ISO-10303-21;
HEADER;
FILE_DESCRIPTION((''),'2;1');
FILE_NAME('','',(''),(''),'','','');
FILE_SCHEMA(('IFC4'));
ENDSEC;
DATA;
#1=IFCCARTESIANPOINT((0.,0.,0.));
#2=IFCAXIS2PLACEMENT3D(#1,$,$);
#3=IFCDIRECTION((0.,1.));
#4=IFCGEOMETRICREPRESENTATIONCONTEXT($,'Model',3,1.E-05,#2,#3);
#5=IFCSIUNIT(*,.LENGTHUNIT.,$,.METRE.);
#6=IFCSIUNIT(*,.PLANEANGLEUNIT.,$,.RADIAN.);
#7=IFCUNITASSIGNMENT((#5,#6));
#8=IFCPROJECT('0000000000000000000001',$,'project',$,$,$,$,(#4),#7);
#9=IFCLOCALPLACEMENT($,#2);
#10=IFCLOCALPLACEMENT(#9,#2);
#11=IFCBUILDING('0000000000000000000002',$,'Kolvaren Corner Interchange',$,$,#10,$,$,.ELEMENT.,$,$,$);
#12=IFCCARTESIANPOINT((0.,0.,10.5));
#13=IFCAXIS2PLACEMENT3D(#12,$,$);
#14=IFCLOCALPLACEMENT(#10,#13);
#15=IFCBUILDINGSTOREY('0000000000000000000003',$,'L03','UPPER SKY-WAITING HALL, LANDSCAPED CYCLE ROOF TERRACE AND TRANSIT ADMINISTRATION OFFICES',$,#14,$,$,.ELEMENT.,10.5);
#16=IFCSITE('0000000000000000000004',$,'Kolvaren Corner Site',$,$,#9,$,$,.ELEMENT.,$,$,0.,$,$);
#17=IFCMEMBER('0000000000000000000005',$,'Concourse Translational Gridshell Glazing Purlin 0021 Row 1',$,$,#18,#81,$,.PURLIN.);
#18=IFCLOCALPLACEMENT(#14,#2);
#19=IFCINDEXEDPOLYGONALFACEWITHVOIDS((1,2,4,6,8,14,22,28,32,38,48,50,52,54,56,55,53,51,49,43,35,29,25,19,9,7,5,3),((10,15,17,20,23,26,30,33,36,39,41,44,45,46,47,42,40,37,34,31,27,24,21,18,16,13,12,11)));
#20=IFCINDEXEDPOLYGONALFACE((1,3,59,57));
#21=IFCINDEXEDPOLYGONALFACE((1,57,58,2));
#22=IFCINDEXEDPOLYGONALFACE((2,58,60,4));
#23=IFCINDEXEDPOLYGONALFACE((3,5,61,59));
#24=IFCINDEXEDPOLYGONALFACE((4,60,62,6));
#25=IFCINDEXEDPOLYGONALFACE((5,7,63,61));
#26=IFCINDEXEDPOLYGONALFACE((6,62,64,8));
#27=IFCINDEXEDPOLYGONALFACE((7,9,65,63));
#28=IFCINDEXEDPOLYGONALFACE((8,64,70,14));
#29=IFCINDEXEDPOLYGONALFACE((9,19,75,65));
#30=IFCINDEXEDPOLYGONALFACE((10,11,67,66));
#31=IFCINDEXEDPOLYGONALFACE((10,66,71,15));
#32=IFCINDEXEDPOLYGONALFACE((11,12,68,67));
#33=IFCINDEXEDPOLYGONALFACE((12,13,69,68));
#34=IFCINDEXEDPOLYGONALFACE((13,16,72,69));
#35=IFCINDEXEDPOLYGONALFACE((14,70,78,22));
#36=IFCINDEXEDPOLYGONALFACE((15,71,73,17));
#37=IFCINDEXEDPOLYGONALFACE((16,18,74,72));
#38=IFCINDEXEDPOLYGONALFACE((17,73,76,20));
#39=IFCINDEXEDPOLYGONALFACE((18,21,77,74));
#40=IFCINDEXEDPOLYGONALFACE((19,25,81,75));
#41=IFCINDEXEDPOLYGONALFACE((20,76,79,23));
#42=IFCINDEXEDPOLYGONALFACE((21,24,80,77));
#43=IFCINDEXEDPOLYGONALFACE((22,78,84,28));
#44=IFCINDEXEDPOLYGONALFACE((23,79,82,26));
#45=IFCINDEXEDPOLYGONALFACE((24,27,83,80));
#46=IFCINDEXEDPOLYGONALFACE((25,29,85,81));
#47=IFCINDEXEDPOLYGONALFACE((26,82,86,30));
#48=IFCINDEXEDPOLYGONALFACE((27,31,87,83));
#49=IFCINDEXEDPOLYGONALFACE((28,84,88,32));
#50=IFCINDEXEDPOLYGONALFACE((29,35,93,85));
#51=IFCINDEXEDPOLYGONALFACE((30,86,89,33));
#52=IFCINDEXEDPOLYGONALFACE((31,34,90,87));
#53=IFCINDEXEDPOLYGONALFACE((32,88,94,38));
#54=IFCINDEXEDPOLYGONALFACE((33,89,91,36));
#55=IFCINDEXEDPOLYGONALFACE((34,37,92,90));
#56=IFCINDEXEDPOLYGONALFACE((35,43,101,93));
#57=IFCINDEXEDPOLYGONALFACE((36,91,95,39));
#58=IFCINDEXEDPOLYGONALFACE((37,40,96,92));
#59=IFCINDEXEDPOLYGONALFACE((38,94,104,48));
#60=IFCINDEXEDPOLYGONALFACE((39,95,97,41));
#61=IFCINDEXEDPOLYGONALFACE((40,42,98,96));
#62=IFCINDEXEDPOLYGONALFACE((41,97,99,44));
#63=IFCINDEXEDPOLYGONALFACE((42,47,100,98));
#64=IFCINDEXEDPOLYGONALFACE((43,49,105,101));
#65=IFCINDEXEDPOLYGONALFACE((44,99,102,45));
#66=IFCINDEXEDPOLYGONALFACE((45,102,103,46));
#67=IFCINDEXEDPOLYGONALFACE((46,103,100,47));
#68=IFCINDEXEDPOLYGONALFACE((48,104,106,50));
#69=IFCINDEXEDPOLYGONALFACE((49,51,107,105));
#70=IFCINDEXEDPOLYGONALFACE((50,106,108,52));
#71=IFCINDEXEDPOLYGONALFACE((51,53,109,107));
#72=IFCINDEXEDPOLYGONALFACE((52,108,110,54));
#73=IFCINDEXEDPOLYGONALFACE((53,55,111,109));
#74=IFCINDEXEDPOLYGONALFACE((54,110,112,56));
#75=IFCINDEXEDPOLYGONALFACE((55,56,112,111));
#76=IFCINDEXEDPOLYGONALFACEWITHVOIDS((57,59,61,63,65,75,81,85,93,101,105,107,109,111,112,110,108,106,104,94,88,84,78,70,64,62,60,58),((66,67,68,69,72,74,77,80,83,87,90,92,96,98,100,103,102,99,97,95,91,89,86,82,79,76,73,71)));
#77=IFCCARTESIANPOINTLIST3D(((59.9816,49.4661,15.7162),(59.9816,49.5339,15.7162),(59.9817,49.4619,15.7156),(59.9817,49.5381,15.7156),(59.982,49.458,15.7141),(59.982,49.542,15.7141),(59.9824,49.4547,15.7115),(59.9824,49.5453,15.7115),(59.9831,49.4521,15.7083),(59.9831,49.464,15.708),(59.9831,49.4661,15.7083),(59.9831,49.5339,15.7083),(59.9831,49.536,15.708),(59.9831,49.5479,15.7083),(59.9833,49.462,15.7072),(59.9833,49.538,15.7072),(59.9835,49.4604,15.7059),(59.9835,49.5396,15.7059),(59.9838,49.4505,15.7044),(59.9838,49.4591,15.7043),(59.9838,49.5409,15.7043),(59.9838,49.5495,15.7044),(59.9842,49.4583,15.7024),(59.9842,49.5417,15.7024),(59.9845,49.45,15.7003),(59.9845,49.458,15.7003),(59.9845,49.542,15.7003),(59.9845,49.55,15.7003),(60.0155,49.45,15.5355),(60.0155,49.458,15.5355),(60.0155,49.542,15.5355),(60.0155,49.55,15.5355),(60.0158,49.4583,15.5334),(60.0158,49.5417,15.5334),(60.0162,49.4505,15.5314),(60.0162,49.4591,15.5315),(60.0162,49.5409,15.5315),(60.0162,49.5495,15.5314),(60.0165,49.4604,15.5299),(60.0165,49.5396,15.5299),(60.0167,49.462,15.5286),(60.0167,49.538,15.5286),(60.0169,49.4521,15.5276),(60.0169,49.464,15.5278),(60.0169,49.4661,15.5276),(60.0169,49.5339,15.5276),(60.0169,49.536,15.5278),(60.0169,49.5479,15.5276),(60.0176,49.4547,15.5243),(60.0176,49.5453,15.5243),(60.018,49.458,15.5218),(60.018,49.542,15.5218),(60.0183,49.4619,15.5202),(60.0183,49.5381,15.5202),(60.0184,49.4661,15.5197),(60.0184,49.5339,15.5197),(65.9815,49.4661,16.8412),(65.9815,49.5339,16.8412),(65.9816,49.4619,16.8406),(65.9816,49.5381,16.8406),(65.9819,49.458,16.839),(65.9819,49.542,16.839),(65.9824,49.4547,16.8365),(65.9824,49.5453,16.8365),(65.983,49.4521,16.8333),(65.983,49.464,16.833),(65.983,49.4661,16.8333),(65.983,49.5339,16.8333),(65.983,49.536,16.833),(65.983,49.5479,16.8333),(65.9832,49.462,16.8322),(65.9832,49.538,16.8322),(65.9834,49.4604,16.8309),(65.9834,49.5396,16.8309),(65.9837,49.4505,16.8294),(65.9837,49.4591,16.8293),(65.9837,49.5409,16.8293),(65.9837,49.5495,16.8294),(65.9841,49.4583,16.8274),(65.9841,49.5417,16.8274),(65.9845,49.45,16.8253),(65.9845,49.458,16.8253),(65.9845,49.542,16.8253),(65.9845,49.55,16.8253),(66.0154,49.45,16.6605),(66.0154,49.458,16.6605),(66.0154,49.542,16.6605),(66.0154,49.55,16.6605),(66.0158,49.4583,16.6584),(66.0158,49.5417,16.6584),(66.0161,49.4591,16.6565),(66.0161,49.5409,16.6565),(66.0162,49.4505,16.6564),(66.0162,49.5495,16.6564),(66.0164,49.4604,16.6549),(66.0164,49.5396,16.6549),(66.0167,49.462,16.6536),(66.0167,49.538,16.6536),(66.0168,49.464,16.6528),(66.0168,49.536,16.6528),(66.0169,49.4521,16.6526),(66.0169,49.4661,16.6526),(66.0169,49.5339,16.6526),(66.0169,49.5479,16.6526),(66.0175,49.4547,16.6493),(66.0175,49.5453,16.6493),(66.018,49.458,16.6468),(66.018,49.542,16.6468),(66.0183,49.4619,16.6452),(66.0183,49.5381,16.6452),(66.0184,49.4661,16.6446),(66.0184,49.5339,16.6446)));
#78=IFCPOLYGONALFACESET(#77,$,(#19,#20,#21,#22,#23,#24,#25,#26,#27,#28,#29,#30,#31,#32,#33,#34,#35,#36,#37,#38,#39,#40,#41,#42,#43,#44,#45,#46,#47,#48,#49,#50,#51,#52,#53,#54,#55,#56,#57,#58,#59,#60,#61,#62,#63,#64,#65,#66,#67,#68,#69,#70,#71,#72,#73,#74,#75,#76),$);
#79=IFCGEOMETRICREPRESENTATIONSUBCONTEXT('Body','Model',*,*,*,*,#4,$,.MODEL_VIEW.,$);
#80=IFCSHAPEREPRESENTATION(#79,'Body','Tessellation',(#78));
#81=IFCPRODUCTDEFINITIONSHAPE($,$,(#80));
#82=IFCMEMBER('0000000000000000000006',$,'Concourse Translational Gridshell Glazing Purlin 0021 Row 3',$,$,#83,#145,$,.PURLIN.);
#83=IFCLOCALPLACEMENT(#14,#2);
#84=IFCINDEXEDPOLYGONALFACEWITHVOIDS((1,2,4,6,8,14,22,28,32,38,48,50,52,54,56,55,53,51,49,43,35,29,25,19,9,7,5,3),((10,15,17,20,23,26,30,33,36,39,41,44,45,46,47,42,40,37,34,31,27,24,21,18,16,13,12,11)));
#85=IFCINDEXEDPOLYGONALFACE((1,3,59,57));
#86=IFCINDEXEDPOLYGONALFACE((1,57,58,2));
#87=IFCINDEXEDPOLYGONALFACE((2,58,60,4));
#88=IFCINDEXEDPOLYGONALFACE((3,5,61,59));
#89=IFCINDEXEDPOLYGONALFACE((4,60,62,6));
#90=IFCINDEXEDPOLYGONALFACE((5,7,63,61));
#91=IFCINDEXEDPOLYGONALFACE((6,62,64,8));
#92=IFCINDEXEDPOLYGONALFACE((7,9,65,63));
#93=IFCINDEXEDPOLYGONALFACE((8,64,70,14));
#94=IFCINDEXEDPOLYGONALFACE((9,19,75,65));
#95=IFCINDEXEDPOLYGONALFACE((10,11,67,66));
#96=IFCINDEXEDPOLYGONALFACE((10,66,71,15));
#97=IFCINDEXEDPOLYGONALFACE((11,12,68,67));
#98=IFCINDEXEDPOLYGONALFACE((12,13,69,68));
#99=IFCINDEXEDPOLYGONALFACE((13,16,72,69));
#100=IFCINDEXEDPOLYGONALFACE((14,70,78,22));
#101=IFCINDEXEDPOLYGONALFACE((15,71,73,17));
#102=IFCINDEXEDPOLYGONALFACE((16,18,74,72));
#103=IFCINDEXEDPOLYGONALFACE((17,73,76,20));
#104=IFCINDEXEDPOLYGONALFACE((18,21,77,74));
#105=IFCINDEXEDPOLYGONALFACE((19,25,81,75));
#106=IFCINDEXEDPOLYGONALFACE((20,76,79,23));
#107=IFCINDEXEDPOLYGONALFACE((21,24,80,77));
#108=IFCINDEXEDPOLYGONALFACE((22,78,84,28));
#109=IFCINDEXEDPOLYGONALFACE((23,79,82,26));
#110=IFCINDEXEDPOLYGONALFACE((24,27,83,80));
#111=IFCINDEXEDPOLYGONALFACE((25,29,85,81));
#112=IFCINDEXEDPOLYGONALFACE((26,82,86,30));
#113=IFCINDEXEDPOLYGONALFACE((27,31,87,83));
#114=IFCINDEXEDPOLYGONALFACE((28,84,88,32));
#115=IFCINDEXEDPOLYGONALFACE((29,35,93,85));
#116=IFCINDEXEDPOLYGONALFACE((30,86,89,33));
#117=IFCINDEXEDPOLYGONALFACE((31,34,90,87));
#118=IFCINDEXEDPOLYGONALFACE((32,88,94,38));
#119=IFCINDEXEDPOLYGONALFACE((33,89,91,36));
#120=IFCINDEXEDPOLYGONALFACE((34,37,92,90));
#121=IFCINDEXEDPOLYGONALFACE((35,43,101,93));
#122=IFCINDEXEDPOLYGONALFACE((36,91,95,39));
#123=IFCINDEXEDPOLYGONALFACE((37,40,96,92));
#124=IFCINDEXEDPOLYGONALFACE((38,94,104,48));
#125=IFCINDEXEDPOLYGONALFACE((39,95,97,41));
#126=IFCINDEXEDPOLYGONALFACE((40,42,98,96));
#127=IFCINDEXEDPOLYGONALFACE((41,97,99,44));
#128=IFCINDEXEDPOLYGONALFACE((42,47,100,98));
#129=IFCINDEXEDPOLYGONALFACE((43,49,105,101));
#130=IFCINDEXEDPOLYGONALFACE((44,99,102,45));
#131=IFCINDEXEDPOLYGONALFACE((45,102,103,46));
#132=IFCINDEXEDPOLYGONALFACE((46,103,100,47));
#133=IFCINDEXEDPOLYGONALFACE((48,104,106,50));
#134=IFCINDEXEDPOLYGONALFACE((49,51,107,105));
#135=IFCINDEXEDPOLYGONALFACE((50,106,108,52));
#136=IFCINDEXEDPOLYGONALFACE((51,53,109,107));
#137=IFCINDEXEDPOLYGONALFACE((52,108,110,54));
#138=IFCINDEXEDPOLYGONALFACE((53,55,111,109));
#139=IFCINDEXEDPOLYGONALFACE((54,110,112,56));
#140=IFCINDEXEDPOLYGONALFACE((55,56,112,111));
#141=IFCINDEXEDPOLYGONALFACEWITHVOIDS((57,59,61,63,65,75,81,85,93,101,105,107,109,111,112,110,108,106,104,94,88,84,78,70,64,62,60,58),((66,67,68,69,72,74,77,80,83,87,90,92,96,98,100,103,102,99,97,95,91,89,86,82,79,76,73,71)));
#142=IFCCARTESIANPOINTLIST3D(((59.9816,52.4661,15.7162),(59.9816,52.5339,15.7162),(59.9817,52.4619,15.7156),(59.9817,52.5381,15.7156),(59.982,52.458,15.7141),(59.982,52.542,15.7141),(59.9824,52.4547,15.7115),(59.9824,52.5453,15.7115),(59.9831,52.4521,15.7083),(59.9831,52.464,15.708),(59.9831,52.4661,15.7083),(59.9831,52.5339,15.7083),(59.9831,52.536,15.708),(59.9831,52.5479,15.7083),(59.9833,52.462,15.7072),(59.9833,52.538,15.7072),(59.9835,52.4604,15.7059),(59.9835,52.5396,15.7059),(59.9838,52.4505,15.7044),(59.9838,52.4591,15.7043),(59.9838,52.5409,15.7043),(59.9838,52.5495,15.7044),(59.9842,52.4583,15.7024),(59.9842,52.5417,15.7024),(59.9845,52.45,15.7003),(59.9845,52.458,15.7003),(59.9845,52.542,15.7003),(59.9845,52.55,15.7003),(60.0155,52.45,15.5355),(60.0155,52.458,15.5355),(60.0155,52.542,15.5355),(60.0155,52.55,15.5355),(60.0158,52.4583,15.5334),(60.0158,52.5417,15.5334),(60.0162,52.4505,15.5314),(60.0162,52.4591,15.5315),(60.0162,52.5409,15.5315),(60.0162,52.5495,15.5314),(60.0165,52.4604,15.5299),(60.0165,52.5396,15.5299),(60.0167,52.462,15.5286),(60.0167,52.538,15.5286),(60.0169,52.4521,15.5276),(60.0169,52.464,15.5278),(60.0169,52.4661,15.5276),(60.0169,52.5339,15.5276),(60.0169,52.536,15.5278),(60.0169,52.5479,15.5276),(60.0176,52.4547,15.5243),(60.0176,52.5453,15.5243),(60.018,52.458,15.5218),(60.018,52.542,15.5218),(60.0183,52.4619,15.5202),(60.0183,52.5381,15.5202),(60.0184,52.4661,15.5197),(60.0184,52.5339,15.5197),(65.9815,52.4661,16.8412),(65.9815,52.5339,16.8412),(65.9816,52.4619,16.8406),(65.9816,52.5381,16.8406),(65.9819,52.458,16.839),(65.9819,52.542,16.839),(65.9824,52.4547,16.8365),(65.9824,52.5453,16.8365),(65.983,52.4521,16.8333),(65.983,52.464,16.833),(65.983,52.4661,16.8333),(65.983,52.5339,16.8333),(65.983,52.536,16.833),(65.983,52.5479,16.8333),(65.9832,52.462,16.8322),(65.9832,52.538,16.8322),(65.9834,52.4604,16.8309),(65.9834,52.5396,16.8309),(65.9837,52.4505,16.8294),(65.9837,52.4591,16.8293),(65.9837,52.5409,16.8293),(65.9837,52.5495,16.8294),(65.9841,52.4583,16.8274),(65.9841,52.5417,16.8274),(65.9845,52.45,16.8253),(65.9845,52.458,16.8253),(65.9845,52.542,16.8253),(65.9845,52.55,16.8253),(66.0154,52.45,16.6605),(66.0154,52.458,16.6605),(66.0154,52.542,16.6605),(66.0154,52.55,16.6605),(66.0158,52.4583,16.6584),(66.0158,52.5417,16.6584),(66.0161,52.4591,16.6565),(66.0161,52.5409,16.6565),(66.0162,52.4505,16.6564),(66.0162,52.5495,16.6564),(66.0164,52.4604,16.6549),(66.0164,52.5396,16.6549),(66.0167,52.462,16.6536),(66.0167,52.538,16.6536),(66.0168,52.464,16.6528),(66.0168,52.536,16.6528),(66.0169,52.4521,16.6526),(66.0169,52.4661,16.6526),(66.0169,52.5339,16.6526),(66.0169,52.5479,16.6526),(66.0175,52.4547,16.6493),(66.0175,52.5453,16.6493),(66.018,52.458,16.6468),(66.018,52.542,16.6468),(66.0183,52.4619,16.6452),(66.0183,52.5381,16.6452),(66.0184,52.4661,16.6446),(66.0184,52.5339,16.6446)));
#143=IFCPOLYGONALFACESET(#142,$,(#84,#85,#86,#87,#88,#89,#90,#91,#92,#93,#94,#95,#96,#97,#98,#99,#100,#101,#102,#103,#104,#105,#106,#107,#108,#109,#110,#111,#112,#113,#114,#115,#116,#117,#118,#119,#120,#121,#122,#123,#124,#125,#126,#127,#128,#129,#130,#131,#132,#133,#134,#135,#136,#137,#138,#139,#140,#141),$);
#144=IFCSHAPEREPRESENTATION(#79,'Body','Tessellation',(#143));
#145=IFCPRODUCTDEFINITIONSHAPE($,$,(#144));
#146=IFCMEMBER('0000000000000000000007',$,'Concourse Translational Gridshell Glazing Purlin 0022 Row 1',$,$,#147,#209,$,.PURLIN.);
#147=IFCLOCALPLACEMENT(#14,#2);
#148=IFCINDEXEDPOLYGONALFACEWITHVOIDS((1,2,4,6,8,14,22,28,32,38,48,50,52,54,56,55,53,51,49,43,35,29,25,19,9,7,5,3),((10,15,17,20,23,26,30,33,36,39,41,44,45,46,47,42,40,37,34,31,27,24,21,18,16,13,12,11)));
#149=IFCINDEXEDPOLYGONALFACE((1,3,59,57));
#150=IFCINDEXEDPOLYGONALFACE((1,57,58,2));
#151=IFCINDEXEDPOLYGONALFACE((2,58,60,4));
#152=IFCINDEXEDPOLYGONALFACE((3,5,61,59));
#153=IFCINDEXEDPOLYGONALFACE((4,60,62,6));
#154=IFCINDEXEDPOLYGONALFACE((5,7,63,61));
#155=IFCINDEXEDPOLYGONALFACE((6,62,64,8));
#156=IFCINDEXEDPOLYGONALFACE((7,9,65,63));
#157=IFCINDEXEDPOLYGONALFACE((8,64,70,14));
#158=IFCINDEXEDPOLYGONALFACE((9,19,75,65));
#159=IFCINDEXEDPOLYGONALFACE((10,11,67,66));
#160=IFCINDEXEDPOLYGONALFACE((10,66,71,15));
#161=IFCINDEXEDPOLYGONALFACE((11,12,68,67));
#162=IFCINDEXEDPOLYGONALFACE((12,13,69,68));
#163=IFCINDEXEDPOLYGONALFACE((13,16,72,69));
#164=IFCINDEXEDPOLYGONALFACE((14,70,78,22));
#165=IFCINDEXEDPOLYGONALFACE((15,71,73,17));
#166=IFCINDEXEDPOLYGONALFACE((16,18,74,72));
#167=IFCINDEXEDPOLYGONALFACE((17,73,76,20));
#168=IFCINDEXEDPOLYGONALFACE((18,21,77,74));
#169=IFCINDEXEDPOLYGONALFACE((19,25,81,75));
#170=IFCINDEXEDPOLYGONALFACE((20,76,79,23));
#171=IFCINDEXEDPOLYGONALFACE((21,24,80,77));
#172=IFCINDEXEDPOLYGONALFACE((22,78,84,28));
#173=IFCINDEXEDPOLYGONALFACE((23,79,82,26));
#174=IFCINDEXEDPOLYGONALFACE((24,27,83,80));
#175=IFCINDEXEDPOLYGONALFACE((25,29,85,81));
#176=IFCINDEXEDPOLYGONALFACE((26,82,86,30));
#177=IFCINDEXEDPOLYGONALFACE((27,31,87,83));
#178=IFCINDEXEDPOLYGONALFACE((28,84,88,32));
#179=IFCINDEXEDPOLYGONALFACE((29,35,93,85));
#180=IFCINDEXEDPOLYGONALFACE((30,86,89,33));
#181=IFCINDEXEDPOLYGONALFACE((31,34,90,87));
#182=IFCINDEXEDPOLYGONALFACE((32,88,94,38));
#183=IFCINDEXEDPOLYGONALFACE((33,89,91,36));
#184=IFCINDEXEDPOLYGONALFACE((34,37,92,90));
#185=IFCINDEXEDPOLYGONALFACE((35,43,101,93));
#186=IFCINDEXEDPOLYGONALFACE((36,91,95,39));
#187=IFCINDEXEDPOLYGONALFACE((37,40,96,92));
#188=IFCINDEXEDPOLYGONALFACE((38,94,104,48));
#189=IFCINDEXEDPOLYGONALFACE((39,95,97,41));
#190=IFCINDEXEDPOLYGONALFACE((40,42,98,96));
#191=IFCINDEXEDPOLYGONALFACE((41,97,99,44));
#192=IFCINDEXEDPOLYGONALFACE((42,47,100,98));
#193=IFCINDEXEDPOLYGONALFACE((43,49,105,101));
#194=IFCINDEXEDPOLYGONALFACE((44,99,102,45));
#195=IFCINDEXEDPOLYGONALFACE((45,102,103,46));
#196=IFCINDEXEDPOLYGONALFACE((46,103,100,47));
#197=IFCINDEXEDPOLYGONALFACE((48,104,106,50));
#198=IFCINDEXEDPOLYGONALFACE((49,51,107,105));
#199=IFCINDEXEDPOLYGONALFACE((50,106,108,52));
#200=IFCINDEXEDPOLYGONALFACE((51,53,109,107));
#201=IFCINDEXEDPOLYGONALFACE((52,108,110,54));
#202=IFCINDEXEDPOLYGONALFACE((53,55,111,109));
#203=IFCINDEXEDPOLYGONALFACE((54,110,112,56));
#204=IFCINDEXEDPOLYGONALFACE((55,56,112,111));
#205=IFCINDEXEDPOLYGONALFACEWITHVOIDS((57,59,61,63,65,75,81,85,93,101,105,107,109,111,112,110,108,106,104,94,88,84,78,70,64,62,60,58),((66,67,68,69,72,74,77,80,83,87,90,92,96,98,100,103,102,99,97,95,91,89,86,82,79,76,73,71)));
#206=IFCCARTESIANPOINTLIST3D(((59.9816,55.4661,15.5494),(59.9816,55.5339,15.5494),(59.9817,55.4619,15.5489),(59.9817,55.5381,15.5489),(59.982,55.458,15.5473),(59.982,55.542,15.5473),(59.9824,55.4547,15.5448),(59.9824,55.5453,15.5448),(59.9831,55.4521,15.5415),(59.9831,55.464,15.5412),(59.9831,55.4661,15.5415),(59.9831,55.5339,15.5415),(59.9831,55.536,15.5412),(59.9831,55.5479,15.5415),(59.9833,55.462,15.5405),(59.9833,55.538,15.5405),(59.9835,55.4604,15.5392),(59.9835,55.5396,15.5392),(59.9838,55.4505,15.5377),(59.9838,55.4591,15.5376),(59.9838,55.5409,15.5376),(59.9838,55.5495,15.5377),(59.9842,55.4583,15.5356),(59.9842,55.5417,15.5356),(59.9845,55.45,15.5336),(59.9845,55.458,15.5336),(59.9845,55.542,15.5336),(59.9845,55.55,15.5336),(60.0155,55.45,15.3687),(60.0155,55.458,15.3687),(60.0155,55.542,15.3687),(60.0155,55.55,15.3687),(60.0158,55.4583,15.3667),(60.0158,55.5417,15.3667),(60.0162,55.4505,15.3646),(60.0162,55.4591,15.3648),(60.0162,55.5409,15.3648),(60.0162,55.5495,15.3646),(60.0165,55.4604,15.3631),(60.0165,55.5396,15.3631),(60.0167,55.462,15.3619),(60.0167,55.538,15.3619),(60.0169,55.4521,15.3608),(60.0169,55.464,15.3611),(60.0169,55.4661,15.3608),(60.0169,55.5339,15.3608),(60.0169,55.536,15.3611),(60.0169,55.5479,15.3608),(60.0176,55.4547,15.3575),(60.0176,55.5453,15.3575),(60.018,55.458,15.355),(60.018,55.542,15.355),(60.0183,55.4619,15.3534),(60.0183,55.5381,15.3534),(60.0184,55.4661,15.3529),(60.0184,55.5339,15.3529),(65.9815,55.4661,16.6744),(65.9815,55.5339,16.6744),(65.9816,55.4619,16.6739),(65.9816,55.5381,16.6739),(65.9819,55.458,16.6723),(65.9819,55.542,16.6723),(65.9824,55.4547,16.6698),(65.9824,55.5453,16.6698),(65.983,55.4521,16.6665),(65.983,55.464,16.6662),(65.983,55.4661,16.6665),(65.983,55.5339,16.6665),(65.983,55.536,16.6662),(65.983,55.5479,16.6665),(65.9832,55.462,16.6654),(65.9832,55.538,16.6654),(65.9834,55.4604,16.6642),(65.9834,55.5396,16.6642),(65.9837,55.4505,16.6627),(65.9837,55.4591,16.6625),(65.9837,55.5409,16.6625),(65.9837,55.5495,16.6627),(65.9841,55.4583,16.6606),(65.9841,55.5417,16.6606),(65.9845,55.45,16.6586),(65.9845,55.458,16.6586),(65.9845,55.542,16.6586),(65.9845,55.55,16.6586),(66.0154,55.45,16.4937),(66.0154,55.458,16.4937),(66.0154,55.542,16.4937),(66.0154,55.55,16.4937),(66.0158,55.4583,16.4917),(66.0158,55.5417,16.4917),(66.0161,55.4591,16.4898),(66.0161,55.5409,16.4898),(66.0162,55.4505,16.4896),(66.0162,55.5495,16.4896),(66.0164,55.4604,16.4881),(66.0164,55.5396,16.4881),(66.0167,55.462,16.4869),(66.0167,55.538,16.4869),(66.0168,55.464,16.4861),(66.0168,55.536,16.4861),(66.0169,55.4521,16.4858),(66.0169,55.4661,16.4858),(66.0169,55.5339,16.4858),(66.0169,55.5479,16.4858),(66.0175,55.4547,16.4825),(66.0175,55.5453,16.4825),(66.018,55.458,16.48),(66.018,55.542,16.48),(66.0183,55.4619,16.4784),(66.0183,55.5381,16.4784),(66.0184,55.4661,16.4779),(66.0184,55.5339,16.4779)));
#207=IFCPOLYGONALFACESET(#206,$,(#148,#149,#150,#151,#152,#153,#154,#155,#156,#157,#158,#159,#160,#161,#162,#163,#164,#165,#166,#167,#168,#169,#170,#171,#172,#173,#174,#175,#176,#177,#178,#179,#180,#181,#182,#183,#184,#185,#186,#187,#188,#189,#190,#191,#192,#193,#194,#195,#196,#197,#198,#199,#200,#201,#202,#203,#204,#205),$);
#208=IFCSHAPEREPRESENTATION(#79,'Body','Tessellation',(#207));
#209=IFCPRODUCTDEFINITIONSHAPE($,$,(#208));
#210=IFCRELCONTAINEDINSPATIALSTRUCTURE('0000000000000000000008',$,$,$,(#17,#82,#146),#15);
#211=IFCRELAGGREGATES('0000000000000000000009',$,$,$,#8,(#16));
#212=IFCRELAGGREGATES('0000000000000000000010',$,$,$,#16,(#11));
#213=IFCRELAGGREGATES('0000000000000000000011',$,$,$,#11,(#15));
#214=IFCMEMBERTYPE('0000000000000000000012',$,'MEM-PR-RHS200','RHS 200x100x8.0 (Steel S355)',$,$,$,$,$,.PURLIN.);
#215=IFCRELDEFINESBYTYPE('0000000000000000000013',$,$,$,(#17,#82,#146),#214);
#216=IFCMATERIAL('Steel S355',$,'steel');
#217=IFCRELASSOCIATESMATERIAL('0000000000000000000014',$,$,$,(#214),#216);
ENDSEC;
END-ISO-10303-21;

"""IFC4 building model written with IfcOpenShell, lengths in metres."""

from ifc_helpers import new_model, si_unit, direction, frame, origin, origin_2d, place, context, subcontext, project, spatial, hollow_rectangle, extrude, material, material_profile, profile_set, type_object, element, save


model = new_model("IFC4")

# Units and contexts
model_context = context("Model", 3, precision=1e-05, world=origin(), true_north=direction((0.0, 1.0)))
body_context = subcontext(model_context, "Body", "Model", "MODEL_VIEW")
ifc_project = project(units=[si_unit("LENGTHUNIT", "METRE"), si_unit("PLANEANGLEUNIT", "RADIAN")], contexts=[model_context])

# Site, building, storey
site_placement = place(None, origin())
site = spatial("IfcSite", under=ifc_project, at=site_placement, Name="Kolvaren Corner Site", CompositionType="ELEMENT", RefElevation=0.0)
building_placement = place(site_placement, origin())
building = spatial("IfcBuilding", under=site, at=building_placement, Name="Kolvaren Corner Interchange", CompositionType="ELEMENT")
storey_placement = place(building_placement, frame((0.0, 0.0, 10.5)))
storey = spatial("IfcBuildingStorey", under=building, at=storey_placement, Name="L03", Description="UPPER SKY-WAITING HALL, LANDSCAPED CYCLE ROOF TERRACE AND TRANSIT ADMINISTRATION OFFICES", CompositionType="ELEMENT", Elevation=10.5)

# Members
ifc_material_1 = material(Name="Steel S355", Category="steel")
ifc_material_profile_1 = material_profile(ifc_material_1, hollow_rectangle(XDim=0.1001, YDim=0.2, WallThickness=0.0081, InnerFilletRadius=0.0081, OuterFilletRadius=0.0161, at=origin_2d()), Name="RHS 200x100x8.0")
ifc_profile_set_1 = profile_set([ifc_material_profile_1], Name="Steel S355")
member_type_1 = type_object("IfcMemberType", Name="MEM-PR-RHS200", Description="RHS 200x100x8.0 (Steel S355)", PredefinedType="PURLIN", material=ifc_profile_set_1)
for number, where, z_axis, x_axis, name in (
    (1, (60.0, 49.5, 15.6179), (0.982872, 0.0, 0.184289), (0.0, 1.0, 0.0), "Concourse Translational Gridshell Glazing Purlin 0021 Row 1"),
    (2, (60.0, 52.5, 15.6179), (0.982872, 0.0, 0.184289), (0.0, 1.0, 0.0), "Concourse Translational Gridshell Glazing Purlin 0021 Row 3"),
    (3, (60.0, 55.5, 15.4512), (0.982872, 0.0, 0.184289), (0.0, 1.0, 0.0), "Concourse Translational Gridshell Glazing Purlin 0022 Row 1"),
):
    element("IfcMember", number, at=place(storey_placement, frame(where, z_axis=z_axis, x_axis=x_axis)), inside=storey, type_object=member_type_1, Name=name, PredefinedType="PURLIN", context=body_context, shape_type="SweptSolid", body=[
        extrude(hollow_rectangle(XDim=0.1001, YDim=0.2, WallThickness=0.0081, InnerFilletRadius=0.0081, OuterFilletRadius=0.0161, at=origin_2d()), origin(), (0.0, 0.0, 1.0), 6.1045),
    ])

save(model, "model.ifc")
